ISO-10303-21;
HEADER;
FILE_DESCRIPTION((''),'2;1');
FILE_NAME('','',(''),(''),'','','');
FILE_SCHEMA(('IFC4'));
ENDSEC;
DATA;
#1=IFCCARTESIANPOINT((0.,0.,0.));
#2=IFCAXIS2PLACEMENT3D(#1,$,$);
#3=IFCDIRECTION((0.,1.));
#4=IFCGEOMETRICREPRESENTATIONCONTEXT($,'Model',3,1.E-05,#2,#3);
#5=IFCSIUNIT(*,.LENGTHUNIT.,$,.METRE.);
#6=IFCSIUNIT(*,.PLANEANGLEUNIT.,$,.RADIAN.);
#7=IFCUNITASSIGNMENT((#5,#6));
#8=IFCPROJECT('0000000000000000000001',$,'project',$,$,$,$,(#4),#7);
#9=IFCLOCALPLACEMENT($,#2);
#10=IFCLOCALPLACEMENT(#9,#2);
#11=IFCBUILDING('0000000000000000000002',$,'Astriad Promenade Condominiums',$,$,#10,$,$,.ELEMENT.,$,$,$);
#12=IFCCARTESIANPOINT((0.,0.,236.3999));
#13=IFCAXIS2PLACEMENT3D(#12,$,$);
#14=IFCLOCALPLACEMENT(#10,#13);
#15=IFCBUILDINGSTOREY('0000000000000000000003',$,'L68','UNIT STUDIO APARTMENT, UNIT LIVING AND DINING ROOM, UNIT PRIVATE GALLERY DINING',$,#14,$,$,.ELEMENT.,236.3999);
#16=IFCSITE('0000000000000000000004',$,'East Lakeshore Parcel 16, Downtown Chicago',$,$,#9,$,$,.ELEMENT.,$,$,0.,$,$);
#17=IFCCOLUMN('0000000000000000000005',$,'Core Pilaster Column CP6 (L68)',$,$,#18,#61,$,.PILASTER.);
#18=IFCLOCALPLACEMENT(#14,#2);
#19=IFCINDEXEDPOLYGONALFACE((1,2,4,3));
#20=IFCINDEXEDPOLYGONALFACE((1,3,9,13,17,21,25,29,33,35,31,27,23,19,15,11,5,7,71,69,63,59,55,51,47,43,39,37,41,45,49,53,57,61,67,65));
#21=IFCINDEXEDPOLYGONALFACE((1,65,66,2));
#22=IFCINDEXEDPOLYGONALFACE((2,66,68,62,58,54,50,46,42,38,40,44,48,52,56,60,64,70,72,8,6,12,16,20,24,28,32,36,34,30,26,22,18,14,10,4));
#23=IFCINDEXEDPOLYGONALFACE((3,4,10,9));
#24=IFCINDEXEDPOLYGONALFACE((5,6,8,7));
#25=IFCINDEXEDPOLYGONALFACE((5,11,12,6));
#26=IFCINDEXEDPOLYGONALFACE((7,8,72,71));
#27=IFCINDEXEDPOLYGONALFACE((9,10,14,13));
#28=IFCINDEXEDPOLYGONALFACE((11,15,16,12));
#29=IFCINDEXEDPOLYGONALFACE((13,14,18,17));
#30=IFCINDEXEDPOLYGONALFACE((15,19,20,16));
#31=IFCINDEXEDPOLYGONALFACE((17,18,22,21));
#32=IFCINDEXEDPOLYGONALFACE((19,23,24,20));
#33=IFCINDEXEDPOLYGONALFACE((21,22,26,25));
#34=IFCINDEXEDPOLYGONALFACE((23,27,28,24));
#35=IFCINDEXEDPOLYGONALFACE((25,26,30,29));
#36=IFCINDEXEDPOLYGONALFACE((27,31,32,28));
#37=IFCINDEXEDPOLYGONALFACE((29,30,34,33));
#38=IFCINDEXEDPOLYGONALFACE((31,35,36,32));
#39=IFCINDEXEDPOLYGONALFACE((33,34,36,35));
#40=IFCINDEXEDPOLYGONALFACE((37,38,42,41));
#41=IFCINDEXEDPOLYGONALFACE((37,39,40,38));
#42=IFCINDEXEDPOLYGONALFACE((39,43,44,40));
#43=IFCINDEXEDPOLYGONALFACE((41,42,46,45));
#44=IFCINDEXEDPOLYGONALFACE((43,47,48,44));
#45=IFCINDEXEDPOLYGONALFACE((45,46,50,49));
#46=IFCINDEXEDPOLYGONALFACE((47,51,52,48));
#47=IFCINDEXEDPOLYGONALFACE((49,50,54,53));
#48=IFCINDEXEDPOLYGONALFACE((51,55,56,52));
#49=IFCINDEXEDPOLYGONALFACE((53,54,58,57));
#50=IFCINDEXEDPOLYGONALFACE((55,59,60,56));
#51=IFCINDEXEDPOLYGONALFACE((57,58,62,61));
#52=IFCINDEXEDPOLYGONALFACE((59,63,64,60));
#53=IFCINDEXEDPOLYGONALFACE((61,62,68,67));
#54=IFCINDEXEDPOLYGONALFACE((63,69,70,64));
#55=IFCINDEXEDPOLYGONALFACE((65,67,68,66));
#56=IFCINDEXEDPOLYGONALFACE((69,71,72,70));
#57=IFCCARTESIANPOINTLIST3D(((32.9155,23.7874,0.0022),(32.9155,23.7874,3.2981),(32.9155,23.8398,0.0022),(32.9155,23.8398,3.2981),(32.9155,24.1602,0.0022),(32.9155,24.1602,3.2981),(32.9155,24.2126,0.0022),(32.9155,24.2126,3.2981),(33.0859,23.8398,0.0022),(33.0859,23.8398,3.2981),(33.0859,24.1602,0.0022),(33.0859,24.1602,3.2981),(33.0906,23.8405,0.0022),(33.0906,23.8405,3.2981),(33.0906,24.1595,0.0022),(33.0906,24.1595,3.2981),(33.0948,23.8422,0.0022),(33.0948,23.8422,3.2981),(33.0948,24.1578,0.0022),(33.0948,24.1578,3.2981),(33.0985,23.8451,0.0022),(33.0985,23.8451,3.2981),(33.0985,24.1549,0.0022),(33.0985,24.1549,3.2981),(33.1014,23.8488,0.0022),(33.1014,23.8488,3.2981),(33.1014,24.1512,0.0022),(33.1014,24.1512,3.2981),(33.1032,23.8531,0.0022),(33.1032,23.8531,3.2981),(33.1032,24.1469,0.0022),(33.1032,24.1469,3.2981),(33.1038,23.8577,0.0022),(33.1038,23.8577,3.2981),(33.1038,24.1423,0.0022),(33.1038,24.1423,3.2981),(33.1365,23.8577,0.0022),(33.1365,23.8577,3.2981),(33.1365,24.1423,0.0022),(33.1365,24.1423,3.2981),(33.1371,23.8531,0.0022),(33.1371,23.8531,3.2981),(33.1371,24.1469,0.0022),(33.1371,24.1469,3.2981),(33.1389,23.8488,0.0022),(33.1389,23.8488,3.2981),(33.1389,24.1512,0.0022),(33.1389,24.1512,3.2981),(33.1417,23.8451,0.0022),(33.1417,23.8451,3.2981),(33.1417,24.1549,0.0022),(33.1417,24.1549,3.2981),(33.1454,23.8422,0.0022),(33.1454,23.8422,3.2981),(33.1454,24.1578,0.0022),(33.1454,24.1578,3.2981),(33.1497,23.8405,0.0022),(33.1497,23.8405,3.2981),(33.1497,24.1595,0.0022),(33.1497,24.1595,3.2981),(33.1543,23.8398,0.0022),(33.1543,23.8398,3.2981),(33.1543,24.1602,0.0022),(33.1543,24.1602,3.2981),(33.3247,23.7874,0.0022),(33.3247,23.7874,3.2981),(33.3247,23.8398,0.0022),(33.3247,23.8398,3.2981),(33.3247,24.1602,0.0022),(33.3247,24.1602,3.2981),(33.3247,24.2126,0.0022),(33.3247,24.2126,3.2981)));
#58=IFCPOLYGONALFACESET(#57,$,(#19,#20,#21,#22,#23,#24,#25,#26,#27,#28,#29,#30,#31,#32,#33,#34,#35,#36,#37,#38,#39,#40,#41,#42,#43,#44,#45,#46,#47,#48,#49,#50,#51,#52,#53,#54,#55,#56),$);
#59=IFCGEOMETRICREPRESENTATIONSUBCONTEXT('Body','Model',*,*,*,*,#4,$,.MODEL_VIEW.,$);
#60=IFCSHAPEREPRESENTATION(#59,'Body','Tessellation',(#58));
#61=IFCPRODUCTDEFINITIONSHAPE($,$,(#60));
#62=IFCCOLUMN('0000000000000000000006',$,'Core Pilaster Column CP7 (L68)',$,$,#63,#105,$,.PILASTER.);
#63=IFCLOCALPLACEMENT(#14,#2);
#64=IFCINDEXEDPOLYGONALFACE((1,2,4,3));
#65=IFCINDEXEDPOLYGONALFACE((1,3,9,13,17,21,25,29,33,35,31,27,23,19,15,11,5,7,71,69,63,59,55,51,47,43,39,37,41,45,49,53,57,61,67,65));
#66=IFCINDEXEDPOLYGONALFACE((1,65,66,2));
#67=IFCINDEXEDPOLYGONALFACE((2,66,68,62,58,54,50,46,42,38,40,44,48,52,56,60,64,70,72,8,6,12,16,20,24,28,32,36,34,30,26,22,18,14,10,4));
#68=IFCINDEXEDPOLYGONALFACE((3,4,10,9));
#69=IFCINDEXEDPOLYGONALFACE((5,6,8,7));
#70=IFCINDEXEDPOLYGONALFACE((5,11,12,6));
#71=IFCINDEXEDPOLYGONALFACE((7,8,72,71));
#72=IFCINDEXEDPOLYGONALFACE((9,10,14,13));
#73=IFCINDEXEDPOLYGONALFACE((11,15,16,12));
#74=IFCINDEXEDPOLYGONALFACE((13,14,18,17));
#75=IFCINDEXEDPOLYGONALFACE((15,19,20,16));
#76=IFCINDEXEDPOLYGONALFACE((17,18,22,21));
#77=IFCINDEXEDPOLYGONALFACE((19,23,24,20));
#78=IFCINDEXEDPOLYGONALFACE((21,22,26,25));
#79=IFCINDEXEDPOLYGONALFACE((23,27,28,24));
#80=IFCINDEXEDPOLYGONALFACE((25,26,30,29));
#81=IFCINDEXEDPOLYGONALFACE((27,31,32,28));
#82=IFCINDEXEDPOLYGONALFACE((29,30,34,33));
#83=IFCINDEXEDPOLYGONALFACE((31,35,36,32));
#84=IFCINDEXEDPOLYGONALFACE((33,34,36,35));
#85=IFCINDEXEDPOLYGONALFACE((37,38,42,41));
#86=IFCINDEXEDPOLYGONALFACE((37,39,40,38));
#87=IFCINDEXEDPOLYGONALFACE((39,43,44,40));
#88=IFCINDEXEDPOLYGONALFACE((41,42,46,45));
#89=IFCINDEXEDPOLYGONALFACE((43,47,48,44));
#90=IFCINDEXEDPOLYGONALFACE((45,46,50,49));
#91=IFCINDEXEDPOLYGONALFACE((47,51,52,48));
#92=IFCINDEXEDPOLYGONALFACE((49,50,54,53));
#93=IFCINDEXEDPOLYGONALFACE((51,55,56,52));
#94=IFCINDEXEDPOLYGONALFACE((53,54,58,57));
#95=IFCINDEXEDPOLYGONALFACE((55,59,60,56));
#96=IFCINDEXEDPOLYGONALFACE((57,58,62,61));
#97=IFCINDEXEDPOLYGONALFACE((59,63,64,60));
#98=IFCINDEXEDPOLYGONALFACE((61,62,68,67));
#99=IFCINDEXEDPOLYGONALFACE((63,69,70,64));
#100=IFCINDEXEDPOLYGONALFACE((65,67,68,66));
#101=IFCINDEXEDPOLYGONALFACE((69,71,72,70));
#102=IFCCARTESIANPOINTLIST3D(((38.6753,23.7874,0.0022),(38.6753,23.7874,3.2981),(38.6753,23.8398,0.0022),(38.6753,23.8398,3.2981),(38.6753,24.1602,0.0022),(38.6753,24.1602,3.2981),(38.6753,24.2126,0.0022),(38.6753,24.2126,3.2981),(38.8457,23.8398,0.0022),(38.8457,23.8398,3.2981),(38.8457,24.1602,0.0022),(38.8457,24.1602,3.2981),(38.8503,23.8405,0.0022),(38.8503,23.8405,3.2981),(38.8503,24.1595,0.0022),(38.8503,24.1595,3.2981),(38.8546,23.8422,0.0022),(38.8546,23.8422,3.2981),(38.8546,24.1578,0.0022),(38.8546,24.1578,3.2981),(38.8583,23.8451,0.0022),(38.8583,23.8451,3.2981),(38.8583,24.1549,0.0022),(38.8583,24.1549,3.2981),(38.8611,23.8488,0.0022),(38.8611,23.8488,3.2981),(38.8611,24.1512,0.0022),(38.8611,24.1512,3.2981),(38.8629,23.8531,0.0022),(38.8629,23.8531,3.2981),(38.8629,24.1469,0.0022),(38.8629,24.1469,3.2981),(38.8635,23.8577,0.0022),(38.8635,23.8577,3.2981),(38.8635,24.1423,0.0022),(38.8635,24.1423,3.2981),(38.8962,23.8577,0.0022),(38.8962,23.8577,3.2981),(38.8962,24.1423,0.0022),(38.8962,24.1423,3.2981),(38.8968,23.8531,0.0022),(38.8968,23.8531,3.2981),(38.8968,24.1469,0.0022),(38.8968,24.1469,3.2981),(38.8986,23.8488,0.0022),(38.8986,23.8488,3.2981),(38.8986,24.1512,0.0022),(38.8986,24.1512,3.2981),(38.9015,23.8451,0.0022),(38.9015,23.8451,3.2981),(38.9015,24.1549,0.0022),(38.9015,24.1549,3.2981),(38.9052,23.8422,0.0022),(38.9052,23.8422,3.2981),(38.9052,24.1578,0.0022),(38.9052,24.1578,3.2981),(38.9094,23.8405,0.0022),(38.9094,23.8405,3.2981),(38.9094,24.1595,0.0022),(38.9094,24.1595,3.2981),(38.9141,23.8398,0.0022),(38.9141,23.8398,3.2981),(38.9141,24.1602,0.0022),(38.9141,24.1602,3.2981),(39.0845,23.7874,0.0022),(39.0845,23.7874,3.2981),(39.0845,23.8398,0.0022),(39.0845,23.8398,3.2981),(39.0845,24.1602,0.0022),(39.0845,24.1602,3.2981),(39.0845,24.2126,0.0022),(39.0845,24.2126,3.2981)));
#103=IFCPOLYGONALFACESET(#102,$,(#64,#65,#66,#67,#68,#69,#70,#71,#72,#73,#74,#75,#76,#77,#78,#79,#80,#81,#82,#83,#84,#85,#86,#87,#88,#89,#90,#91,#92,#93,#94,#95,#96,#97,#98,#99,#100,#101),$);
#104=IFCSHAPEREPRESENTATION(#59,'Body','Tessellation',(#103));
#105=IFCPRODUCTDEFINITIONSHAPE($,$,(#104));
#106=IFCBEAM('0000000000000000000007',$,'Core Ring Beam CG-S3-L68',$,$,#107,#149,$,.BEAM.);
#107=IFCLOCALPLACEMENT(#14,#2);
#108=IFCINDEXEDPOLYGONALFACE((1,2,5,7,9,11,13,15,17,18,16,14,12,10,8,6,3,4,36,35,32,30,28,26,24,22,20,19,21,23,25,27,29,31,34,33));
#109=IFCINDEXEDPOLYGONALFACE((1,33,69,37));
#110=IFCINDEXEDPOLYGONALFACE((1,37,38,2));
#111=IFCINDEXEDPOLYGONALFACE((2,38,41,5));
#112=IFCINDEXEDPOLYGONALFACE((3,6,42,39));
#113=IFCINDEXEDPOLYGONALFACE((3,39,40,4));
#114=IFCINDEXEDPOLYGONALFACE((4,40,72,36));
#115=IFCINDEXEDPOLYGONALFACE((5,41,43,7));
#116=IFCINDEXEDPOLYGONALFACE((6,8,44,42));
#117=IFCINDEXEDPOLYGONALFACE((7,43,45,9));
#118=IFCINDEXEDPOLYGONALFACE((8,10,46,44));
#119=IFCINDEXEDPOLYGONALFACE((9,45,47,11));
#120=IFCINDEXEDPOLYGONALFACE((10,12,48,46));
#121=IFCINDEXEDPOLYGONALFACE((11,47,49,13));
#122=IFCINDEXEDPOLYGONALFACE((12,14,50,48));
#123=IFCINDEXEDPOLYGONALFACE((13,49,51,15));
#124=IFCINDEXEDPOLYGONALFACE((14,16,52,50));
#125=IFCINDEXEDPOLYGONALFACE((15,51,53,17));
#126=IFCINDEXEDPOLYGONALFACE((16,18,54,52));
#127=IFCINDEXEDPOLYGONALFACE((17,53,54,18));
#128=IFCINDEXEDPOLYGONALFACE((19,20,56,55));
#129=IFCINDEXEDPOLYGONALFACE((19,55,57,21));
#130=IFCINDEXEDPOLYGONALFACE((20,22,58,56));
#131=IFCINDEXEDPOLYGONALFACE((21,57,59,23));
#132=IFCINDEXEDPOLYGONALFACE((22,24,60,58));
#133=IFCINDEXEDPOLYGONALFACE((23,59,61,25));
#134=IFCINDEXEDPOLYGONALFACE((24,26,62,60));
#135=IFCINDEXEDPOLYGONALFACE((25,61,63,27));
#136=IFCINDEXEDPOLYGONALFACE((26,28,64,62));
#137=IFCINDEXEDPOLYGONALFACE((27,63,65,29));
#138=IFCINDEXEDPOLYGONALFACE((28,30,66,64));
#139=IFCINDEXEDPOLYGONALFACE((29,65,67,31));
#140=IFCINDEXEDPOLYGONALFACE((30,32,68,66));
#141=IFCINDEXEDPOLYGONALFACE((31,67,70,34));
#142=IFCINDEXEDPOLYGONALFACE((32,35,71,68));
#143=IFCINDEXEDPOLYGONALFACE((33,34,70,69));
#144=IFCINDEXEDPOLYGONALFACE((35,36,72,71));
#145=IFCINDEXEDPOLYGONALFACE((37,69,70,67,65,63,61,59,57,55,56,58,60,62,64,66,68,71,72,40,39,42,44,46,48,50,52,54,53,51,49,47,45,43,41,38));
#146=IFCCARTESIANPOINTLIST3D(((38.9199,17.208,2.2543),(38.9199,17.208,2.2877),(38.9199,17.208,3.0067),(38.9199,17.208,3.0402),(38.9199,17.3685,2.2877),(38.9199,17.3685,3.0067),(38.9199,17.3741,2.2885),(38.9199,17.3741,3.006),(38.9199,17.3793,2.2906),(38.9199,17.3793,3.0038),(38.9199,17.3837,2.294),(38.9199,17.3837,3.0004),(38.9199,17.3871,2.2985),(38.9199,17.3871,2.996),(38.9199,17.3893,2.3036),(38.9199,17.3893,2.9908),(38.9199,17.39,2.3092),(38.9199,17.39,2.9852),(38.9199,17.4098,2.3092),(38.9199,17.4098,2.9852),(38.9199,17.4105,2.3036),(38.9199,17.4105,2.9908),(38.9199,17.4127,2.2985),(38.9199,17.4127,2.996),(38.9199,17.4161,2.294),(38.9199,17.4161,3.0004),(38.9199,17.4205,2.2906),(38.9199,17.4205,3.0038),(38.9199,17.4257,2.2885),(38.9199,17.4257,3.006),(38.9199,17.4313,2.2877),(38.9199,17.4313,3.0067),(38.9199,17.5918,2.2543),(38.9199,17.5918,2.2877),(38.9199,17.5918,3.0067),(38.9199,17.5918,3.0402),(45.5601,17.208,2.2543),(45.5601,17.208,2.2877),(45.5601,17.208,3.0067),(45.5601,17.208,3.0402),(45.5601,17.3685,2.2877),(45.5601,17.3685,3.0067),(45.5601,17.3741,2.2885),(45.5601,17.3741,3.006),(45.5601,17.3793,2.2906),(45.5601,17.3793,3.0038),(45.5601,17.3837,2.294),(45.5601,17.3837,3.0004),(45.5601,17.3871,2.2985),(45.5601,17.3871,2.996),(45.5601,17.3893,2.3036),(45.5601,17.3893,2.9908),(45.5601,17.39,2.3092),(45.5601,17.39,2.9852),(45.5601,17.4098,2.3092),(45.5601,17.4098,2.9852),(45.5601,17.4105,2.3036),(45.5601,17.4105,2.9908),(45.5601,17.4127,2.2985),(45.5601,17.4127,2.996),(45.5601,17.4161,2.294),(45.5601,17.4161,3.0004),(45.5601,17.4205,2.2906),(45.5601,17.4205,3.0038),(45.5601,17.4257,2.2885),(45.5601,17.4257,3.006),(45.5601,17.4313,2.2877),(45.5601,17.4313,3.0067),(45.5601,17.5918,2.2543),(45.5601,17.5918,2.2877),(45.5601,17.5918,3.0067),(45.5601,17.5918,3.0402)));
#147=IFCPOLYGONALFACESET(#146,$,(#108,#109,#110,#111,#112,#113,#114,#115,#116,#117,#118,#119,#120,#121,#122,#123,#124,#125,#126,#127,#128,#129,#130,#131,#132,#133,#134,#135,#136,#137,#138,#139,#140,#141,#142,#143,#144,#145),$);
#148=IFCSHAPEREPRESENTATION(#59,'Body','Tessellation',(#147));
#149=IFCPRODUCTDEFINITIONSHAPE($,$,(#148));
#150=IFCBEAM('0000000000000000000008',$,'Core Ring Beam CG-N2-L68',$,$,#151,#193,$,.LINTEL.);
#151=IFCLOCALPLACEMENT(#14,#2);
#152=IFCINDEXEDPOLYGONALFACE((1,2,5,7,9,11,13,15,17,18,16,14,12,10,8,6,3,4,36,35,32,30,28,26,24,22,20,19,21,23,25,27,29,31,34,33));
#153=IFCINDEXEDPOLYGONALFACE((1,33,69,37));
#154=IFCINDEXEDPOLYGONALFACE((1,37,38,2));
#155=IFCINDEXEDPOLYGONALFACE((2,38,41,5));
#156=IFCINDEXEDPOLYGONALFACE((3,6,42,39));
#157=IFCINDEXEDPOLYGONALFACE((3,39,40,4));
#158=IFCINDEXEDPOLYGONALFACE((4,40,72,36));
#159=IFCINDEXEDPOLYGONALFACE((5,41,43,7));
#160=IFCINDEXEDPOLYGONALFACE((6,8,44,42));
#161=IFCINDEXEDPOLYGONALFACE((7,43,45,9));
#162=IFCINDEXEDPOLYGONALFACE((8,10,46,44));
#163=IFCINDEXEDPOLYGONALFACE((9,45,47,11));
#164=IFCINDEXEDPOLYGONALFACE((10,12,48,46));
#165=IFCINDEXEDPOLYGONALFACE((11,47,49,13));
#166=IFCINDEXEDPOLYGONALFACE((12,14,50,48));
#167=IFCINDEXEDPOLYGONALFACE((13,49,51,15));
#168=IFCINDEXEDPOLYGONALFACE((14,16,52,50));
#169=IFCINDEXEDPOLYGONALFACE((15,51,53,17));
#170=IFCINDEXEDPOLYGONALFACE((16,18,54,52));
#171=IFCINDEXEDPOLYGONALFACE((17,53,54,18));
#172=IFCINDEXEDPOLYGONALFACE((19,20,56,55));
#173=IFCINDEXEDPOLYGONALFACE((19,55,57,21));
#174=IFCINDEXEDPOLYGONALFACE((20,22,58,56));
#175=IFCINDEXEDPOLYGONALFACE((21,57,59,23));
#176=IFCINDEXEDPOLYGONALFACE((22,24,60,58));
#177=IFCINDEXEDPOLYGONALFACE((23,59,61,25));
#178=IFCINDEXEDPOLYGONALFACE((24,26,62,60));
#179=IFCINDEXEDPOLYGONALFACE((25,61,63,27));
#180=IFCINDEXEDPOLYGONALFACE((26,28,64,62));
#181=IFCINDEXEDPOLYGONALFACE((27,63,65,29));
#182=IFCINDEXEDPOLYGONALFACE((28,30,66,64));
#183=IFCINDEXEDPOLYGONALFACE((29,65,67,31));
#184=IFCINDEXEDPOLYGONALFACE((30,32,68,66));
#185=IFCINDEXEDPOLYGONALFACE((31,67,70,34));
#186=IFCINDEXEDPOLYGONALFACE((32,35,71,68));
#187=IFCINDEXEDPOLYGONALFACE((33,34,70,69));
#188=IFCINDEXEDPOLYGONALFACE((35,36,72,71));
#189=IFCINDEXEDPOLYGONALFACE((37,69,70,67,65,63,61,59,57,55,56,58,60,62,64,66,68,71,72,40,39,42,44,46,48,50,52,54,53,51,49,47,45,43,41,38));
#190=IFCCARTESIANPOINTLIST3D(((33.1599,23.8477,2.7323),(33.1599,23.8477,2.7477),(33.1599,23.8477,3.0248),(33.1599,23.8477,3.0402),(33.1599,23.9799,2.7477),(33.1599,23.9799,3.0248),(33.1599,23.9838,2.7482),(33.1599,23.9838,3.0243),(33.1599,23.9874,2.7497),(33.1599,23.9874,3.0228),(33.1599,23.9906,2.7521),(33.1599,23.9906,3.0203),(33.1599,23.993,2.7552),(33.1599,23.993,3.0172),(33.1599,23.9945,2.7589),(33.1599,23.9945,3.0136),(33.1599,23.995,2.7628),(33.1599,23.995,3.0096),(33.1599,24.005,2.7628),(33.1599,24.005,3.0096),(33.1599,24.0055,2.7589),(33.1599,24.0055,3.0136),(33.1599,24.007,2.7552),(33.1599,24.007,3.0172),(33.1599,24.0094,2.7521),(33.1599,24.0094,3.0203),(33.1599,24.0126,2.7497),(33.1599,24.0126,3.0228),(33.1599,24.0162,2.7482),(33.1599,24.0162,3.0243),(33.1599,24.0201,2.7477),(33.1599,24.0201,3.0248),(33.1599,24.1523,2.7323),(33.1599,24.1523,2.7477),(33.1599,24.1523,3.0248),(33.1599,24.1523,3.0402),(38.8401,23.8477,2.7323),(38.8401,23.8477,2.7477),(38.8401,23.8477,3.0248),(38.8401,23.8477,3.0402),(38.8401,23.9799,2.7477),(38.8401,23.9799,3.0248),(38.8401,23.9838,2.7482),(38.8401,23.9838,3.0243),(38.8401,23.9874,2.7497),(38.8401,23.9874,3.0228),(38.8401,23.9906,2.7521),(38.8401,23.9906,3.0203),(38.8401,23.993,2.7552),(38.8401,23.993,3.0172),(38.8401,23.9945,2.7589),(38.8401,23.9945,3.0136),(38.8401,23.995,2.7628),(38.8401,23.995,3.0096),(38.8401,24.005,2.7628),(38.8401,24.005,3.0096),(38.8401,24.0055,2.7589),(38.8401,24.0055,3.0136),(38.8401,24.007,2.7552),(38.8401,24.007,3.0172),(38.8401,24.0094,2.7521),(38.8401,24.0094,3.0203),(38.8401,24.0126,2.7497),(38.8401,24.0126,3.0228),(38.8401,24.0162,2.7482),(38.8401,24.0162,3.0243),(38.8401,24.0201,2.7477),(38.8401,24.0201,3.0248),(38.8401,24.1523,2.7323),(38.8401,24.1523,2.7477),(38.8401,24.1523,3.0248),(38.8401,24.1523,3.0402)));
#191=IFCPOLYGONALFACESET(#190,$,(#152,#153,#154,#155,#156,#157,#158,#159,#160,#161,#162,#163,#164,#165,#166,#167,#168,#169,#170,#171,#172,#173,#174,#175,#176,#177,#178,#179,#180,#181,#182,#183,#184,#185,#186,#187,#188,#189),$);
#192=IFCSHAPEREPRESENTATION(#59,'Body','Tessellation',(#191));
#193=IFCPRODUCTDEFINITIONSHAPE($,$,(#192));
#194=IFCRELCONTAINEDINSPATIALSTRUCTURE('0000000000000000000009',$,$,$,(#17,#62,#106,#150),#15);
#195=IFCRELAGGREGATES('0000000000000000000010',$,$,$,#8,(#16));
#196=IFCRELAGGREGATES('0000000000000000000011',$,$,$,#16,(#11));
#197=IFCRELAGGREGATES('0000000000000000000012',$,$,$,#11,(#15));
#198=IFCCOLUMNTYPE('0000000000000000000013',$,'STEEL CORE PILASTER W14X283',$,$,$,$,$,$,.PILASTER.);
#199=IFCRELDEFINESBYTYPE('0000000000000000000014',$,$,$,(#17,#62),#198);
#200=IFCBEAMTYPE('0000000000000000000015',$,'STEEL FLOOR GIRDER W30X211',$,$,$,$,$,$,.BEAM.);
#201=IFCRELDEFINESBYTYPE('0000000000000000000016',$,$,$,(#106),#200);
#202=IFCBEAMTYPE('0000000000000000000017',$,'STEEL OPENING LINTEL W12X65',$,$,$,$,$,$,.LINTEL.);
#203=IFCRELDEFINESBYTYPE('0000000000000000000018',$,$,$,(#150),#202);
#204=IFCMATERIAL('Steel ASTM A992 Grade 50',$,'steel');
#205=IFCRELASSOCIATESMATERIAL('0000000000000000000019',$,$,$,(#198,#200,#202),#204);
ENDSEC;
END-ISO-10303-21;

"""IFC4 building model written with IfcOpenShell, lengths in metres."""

from ifc_helpers import new_model, si_unit, direction, frame, origin, origin_2d, place, context, subcontext, project, spatial, i_section, extrude, source, transform, mapped, material, material_profile, profile_set, type_object, type_shapes, element, save


model = new_model("IFC4")

# Units and contexts
model_context = context("Model", 3, precision=1e-05, world=origin(), true_north=direction((0.0, 1.0)))
body_context = subcontext(model_context, "Body", "Model", "MODEL_VIEW")
ifc_project = project(units=[si_unit("LENGTHUNIT", "METRE"), si_unit("PLANEANGLEUNIT", "RADIAN")], contexts=[model_context])

# Site, building, storey
site_placement = place(None, origin())
site = spatial("IfcSite", under=ifc_project, at=site_placement, Name="East Lakeshore Parcel 16, Downtown Chicago", CompositionType="ELEMENT", RefElevation=0.0)
building_placement = place(site_placement, origin())
building = spatial("IfcBuilding", under=site, at=building_placement, Name="Astriad Promenade Condominiums", CompositionType="ELEMENT")
storey_placement = place(building_placement, frame((0.0, 0.0, 236.3999)))
storey = spatial("IfcBuildingStorey", under=building, at=storey_placement, Name="L68", Description="UNIT STUDIO APARTMENT, UNIT LIVING AND DINING ROOM, UNIT PRIVATE GALLERY DINING", CompositionType="ELEMENT", Elevation=236.3999)

# Columns
ifc_material_1 = material(Name="Steel ASTM A992 Grade 50", Category="steel")
ifc_material_profile_1 = material_profile(ifc_material_1, i_section(OverallWidth=0.4092, OverallDepth=0.4253, WebThickness=0.0327, FlangeThickness=0.0525, FilletRadius=0.0178, at=origin_2d()), Name="W14X283")
ifc_profile_set_1 = profile_set([ifc_material_profile_1], Name="Steel ASTM A992 Grade 50")
column_type = type_object("IfcColumnType", Name="STEEL CORE PILASTER W14X283", PredefinedType="PILASTER", material=ifc_profile_set_1)
shared_shape_1 = source(origin(), body_context, "Body", "SweptSolid", [
    extrude(i_section(OverallWidth=0.4092, OverallDepth=0.4253, WebThickness=0.0327, FlangeThickness=0.0525, FilletRadius=0.0178, at=origin_2d()), origin(), (0.0, 0.0, 1.0), 3.2959),
])
type_shapes(column_type, [shared_shape_1])
for number, where, z_axis, x_axis, name in (
    (1, (33.1201, 24.0, 0.0022), (0.0, 0.0, 1.0), (1.0, 0.0, 0.0), "Core Pilaster Column CP6 (L68)"),
    (2, (38.8799, 24.0, 0.0022), (0.0, 0.0, 1.0), (1.0, 0.0, 0.0), "Core Pilaster Column CP7 (L68)"),
):
    element("IfcColumn", number, at=place(storey_placement, frame(where, z_axis=z_axis, x_axis=x_axis)), inside=storey, type_object=column_type, Name=name, PredefinedType="PILASTER", context=body_context, shape_type="MappedRepresentation", body=[
        mapped(shared_shape_1, transform((0.0, 0.0, 0.0), scale=1.0)),
    ])

# Beams
ifc_material_profile_2 = material_profile(ifc_material_1, i_section(OverallWidth=0.3838, OverallDepth=0.7859, WebThickness=0.0198, FlangeThickness=0.0334, FilletRadius=0.0215, at=origin_2d()), Name="W30X211")
ifc_profile_set_2 = profile_set([ifc_material_profile_2], Name="Steel ASTM A992 Grade 50")
beam_type_1 = type_object("IfcBeamType", Name="STEEL FLOOR GIRDER W30X211", PredefinedType="BEAM", material=ifc_profile_set_2)
shared_shape_2 = source(origin(), body_context, "Body", "SweptSolid", [
    extrude(i_section(OverallWidth=0.3838, OverallDepth=0.7859, WebThickness=0.0198, FlangeThickness=0.0334, FilletRadius=0.0215, at=origin_2d()), origin(), (0.0, 0.0, 1.0), 6.6401),
])
type_shapes(beam_type_1, [shared_shape_2])
beam_1_placement = place(storey_placement, frame((38.9199, 17.3999, 2.6472), z_axis=(1.0, 0.0, 0.0), x_axis=(0.0, 1.0, 0.0)))
element("IfcBeam", 3, at=beam_1_placement, inside=storey, type_object=beam_type_1, Name="Core Ring Beam CG-S3-L68", PredefinedType="BEAM", context=body_context, shape_type="MappedRepresentation", body=[
    mapped(shared_shape_2, transform((0.0, 0.0, 0.0), scale=1.0)),
])
ifc_material_profile_3 = material_profile(ifc_material_1, i_section(OverallWidth=0.3047, OverallDepth=0.3079, WebThickness=0.01, FlangeThickness=0.0154, FilletRadius=0.0151, at=origin_2d()), Name="W12X65")
ifc_profile_set_3 = profile_set([ifc_material_profile_3], Name="Steel ASTM A992 Grade 50")
beam_type_2 = type_object("IfcBeamType", Name="STEEL OPENING LINTEL W12X65", PredefinedType="LINTEL", material=ifc_profile_set_3)
shared_shape_3 = source(origin(), body_context, "Body", "SweptSolid", [
    extrude(i_section(OverallWidth=0.3047, OverallDepth=0.3079, WebThickness=0.01, FlangeThickness=0.0154, FilletRadius=0.0151, at=origin_2d()), origin(), (0.0, 0.0, 1.0), 5.6802),
])
type_shapes(beam_type_2, [shared_shape_3])
beam_2_placement = place(storey_placement, frame((33.1599, 24.0, 2.8862), z_axis=(1.0, 0.0, 0.0), x_axis=(0.0, 1.0, 0.0)))
element("IfcBeam", 4, at=beam_2_placement, inside=storey, type_object=beam_type_2, Name="Core Ring Beam CG-N2-L68", PredefinedType="LINTEL", context=body_context, shape_type="MappedRepresentation", body=[
    mapped(shared_shape_3, transform((0.0, 0.0, 0.0), scale=1.0)),
])

save(model, "model.ifc")
